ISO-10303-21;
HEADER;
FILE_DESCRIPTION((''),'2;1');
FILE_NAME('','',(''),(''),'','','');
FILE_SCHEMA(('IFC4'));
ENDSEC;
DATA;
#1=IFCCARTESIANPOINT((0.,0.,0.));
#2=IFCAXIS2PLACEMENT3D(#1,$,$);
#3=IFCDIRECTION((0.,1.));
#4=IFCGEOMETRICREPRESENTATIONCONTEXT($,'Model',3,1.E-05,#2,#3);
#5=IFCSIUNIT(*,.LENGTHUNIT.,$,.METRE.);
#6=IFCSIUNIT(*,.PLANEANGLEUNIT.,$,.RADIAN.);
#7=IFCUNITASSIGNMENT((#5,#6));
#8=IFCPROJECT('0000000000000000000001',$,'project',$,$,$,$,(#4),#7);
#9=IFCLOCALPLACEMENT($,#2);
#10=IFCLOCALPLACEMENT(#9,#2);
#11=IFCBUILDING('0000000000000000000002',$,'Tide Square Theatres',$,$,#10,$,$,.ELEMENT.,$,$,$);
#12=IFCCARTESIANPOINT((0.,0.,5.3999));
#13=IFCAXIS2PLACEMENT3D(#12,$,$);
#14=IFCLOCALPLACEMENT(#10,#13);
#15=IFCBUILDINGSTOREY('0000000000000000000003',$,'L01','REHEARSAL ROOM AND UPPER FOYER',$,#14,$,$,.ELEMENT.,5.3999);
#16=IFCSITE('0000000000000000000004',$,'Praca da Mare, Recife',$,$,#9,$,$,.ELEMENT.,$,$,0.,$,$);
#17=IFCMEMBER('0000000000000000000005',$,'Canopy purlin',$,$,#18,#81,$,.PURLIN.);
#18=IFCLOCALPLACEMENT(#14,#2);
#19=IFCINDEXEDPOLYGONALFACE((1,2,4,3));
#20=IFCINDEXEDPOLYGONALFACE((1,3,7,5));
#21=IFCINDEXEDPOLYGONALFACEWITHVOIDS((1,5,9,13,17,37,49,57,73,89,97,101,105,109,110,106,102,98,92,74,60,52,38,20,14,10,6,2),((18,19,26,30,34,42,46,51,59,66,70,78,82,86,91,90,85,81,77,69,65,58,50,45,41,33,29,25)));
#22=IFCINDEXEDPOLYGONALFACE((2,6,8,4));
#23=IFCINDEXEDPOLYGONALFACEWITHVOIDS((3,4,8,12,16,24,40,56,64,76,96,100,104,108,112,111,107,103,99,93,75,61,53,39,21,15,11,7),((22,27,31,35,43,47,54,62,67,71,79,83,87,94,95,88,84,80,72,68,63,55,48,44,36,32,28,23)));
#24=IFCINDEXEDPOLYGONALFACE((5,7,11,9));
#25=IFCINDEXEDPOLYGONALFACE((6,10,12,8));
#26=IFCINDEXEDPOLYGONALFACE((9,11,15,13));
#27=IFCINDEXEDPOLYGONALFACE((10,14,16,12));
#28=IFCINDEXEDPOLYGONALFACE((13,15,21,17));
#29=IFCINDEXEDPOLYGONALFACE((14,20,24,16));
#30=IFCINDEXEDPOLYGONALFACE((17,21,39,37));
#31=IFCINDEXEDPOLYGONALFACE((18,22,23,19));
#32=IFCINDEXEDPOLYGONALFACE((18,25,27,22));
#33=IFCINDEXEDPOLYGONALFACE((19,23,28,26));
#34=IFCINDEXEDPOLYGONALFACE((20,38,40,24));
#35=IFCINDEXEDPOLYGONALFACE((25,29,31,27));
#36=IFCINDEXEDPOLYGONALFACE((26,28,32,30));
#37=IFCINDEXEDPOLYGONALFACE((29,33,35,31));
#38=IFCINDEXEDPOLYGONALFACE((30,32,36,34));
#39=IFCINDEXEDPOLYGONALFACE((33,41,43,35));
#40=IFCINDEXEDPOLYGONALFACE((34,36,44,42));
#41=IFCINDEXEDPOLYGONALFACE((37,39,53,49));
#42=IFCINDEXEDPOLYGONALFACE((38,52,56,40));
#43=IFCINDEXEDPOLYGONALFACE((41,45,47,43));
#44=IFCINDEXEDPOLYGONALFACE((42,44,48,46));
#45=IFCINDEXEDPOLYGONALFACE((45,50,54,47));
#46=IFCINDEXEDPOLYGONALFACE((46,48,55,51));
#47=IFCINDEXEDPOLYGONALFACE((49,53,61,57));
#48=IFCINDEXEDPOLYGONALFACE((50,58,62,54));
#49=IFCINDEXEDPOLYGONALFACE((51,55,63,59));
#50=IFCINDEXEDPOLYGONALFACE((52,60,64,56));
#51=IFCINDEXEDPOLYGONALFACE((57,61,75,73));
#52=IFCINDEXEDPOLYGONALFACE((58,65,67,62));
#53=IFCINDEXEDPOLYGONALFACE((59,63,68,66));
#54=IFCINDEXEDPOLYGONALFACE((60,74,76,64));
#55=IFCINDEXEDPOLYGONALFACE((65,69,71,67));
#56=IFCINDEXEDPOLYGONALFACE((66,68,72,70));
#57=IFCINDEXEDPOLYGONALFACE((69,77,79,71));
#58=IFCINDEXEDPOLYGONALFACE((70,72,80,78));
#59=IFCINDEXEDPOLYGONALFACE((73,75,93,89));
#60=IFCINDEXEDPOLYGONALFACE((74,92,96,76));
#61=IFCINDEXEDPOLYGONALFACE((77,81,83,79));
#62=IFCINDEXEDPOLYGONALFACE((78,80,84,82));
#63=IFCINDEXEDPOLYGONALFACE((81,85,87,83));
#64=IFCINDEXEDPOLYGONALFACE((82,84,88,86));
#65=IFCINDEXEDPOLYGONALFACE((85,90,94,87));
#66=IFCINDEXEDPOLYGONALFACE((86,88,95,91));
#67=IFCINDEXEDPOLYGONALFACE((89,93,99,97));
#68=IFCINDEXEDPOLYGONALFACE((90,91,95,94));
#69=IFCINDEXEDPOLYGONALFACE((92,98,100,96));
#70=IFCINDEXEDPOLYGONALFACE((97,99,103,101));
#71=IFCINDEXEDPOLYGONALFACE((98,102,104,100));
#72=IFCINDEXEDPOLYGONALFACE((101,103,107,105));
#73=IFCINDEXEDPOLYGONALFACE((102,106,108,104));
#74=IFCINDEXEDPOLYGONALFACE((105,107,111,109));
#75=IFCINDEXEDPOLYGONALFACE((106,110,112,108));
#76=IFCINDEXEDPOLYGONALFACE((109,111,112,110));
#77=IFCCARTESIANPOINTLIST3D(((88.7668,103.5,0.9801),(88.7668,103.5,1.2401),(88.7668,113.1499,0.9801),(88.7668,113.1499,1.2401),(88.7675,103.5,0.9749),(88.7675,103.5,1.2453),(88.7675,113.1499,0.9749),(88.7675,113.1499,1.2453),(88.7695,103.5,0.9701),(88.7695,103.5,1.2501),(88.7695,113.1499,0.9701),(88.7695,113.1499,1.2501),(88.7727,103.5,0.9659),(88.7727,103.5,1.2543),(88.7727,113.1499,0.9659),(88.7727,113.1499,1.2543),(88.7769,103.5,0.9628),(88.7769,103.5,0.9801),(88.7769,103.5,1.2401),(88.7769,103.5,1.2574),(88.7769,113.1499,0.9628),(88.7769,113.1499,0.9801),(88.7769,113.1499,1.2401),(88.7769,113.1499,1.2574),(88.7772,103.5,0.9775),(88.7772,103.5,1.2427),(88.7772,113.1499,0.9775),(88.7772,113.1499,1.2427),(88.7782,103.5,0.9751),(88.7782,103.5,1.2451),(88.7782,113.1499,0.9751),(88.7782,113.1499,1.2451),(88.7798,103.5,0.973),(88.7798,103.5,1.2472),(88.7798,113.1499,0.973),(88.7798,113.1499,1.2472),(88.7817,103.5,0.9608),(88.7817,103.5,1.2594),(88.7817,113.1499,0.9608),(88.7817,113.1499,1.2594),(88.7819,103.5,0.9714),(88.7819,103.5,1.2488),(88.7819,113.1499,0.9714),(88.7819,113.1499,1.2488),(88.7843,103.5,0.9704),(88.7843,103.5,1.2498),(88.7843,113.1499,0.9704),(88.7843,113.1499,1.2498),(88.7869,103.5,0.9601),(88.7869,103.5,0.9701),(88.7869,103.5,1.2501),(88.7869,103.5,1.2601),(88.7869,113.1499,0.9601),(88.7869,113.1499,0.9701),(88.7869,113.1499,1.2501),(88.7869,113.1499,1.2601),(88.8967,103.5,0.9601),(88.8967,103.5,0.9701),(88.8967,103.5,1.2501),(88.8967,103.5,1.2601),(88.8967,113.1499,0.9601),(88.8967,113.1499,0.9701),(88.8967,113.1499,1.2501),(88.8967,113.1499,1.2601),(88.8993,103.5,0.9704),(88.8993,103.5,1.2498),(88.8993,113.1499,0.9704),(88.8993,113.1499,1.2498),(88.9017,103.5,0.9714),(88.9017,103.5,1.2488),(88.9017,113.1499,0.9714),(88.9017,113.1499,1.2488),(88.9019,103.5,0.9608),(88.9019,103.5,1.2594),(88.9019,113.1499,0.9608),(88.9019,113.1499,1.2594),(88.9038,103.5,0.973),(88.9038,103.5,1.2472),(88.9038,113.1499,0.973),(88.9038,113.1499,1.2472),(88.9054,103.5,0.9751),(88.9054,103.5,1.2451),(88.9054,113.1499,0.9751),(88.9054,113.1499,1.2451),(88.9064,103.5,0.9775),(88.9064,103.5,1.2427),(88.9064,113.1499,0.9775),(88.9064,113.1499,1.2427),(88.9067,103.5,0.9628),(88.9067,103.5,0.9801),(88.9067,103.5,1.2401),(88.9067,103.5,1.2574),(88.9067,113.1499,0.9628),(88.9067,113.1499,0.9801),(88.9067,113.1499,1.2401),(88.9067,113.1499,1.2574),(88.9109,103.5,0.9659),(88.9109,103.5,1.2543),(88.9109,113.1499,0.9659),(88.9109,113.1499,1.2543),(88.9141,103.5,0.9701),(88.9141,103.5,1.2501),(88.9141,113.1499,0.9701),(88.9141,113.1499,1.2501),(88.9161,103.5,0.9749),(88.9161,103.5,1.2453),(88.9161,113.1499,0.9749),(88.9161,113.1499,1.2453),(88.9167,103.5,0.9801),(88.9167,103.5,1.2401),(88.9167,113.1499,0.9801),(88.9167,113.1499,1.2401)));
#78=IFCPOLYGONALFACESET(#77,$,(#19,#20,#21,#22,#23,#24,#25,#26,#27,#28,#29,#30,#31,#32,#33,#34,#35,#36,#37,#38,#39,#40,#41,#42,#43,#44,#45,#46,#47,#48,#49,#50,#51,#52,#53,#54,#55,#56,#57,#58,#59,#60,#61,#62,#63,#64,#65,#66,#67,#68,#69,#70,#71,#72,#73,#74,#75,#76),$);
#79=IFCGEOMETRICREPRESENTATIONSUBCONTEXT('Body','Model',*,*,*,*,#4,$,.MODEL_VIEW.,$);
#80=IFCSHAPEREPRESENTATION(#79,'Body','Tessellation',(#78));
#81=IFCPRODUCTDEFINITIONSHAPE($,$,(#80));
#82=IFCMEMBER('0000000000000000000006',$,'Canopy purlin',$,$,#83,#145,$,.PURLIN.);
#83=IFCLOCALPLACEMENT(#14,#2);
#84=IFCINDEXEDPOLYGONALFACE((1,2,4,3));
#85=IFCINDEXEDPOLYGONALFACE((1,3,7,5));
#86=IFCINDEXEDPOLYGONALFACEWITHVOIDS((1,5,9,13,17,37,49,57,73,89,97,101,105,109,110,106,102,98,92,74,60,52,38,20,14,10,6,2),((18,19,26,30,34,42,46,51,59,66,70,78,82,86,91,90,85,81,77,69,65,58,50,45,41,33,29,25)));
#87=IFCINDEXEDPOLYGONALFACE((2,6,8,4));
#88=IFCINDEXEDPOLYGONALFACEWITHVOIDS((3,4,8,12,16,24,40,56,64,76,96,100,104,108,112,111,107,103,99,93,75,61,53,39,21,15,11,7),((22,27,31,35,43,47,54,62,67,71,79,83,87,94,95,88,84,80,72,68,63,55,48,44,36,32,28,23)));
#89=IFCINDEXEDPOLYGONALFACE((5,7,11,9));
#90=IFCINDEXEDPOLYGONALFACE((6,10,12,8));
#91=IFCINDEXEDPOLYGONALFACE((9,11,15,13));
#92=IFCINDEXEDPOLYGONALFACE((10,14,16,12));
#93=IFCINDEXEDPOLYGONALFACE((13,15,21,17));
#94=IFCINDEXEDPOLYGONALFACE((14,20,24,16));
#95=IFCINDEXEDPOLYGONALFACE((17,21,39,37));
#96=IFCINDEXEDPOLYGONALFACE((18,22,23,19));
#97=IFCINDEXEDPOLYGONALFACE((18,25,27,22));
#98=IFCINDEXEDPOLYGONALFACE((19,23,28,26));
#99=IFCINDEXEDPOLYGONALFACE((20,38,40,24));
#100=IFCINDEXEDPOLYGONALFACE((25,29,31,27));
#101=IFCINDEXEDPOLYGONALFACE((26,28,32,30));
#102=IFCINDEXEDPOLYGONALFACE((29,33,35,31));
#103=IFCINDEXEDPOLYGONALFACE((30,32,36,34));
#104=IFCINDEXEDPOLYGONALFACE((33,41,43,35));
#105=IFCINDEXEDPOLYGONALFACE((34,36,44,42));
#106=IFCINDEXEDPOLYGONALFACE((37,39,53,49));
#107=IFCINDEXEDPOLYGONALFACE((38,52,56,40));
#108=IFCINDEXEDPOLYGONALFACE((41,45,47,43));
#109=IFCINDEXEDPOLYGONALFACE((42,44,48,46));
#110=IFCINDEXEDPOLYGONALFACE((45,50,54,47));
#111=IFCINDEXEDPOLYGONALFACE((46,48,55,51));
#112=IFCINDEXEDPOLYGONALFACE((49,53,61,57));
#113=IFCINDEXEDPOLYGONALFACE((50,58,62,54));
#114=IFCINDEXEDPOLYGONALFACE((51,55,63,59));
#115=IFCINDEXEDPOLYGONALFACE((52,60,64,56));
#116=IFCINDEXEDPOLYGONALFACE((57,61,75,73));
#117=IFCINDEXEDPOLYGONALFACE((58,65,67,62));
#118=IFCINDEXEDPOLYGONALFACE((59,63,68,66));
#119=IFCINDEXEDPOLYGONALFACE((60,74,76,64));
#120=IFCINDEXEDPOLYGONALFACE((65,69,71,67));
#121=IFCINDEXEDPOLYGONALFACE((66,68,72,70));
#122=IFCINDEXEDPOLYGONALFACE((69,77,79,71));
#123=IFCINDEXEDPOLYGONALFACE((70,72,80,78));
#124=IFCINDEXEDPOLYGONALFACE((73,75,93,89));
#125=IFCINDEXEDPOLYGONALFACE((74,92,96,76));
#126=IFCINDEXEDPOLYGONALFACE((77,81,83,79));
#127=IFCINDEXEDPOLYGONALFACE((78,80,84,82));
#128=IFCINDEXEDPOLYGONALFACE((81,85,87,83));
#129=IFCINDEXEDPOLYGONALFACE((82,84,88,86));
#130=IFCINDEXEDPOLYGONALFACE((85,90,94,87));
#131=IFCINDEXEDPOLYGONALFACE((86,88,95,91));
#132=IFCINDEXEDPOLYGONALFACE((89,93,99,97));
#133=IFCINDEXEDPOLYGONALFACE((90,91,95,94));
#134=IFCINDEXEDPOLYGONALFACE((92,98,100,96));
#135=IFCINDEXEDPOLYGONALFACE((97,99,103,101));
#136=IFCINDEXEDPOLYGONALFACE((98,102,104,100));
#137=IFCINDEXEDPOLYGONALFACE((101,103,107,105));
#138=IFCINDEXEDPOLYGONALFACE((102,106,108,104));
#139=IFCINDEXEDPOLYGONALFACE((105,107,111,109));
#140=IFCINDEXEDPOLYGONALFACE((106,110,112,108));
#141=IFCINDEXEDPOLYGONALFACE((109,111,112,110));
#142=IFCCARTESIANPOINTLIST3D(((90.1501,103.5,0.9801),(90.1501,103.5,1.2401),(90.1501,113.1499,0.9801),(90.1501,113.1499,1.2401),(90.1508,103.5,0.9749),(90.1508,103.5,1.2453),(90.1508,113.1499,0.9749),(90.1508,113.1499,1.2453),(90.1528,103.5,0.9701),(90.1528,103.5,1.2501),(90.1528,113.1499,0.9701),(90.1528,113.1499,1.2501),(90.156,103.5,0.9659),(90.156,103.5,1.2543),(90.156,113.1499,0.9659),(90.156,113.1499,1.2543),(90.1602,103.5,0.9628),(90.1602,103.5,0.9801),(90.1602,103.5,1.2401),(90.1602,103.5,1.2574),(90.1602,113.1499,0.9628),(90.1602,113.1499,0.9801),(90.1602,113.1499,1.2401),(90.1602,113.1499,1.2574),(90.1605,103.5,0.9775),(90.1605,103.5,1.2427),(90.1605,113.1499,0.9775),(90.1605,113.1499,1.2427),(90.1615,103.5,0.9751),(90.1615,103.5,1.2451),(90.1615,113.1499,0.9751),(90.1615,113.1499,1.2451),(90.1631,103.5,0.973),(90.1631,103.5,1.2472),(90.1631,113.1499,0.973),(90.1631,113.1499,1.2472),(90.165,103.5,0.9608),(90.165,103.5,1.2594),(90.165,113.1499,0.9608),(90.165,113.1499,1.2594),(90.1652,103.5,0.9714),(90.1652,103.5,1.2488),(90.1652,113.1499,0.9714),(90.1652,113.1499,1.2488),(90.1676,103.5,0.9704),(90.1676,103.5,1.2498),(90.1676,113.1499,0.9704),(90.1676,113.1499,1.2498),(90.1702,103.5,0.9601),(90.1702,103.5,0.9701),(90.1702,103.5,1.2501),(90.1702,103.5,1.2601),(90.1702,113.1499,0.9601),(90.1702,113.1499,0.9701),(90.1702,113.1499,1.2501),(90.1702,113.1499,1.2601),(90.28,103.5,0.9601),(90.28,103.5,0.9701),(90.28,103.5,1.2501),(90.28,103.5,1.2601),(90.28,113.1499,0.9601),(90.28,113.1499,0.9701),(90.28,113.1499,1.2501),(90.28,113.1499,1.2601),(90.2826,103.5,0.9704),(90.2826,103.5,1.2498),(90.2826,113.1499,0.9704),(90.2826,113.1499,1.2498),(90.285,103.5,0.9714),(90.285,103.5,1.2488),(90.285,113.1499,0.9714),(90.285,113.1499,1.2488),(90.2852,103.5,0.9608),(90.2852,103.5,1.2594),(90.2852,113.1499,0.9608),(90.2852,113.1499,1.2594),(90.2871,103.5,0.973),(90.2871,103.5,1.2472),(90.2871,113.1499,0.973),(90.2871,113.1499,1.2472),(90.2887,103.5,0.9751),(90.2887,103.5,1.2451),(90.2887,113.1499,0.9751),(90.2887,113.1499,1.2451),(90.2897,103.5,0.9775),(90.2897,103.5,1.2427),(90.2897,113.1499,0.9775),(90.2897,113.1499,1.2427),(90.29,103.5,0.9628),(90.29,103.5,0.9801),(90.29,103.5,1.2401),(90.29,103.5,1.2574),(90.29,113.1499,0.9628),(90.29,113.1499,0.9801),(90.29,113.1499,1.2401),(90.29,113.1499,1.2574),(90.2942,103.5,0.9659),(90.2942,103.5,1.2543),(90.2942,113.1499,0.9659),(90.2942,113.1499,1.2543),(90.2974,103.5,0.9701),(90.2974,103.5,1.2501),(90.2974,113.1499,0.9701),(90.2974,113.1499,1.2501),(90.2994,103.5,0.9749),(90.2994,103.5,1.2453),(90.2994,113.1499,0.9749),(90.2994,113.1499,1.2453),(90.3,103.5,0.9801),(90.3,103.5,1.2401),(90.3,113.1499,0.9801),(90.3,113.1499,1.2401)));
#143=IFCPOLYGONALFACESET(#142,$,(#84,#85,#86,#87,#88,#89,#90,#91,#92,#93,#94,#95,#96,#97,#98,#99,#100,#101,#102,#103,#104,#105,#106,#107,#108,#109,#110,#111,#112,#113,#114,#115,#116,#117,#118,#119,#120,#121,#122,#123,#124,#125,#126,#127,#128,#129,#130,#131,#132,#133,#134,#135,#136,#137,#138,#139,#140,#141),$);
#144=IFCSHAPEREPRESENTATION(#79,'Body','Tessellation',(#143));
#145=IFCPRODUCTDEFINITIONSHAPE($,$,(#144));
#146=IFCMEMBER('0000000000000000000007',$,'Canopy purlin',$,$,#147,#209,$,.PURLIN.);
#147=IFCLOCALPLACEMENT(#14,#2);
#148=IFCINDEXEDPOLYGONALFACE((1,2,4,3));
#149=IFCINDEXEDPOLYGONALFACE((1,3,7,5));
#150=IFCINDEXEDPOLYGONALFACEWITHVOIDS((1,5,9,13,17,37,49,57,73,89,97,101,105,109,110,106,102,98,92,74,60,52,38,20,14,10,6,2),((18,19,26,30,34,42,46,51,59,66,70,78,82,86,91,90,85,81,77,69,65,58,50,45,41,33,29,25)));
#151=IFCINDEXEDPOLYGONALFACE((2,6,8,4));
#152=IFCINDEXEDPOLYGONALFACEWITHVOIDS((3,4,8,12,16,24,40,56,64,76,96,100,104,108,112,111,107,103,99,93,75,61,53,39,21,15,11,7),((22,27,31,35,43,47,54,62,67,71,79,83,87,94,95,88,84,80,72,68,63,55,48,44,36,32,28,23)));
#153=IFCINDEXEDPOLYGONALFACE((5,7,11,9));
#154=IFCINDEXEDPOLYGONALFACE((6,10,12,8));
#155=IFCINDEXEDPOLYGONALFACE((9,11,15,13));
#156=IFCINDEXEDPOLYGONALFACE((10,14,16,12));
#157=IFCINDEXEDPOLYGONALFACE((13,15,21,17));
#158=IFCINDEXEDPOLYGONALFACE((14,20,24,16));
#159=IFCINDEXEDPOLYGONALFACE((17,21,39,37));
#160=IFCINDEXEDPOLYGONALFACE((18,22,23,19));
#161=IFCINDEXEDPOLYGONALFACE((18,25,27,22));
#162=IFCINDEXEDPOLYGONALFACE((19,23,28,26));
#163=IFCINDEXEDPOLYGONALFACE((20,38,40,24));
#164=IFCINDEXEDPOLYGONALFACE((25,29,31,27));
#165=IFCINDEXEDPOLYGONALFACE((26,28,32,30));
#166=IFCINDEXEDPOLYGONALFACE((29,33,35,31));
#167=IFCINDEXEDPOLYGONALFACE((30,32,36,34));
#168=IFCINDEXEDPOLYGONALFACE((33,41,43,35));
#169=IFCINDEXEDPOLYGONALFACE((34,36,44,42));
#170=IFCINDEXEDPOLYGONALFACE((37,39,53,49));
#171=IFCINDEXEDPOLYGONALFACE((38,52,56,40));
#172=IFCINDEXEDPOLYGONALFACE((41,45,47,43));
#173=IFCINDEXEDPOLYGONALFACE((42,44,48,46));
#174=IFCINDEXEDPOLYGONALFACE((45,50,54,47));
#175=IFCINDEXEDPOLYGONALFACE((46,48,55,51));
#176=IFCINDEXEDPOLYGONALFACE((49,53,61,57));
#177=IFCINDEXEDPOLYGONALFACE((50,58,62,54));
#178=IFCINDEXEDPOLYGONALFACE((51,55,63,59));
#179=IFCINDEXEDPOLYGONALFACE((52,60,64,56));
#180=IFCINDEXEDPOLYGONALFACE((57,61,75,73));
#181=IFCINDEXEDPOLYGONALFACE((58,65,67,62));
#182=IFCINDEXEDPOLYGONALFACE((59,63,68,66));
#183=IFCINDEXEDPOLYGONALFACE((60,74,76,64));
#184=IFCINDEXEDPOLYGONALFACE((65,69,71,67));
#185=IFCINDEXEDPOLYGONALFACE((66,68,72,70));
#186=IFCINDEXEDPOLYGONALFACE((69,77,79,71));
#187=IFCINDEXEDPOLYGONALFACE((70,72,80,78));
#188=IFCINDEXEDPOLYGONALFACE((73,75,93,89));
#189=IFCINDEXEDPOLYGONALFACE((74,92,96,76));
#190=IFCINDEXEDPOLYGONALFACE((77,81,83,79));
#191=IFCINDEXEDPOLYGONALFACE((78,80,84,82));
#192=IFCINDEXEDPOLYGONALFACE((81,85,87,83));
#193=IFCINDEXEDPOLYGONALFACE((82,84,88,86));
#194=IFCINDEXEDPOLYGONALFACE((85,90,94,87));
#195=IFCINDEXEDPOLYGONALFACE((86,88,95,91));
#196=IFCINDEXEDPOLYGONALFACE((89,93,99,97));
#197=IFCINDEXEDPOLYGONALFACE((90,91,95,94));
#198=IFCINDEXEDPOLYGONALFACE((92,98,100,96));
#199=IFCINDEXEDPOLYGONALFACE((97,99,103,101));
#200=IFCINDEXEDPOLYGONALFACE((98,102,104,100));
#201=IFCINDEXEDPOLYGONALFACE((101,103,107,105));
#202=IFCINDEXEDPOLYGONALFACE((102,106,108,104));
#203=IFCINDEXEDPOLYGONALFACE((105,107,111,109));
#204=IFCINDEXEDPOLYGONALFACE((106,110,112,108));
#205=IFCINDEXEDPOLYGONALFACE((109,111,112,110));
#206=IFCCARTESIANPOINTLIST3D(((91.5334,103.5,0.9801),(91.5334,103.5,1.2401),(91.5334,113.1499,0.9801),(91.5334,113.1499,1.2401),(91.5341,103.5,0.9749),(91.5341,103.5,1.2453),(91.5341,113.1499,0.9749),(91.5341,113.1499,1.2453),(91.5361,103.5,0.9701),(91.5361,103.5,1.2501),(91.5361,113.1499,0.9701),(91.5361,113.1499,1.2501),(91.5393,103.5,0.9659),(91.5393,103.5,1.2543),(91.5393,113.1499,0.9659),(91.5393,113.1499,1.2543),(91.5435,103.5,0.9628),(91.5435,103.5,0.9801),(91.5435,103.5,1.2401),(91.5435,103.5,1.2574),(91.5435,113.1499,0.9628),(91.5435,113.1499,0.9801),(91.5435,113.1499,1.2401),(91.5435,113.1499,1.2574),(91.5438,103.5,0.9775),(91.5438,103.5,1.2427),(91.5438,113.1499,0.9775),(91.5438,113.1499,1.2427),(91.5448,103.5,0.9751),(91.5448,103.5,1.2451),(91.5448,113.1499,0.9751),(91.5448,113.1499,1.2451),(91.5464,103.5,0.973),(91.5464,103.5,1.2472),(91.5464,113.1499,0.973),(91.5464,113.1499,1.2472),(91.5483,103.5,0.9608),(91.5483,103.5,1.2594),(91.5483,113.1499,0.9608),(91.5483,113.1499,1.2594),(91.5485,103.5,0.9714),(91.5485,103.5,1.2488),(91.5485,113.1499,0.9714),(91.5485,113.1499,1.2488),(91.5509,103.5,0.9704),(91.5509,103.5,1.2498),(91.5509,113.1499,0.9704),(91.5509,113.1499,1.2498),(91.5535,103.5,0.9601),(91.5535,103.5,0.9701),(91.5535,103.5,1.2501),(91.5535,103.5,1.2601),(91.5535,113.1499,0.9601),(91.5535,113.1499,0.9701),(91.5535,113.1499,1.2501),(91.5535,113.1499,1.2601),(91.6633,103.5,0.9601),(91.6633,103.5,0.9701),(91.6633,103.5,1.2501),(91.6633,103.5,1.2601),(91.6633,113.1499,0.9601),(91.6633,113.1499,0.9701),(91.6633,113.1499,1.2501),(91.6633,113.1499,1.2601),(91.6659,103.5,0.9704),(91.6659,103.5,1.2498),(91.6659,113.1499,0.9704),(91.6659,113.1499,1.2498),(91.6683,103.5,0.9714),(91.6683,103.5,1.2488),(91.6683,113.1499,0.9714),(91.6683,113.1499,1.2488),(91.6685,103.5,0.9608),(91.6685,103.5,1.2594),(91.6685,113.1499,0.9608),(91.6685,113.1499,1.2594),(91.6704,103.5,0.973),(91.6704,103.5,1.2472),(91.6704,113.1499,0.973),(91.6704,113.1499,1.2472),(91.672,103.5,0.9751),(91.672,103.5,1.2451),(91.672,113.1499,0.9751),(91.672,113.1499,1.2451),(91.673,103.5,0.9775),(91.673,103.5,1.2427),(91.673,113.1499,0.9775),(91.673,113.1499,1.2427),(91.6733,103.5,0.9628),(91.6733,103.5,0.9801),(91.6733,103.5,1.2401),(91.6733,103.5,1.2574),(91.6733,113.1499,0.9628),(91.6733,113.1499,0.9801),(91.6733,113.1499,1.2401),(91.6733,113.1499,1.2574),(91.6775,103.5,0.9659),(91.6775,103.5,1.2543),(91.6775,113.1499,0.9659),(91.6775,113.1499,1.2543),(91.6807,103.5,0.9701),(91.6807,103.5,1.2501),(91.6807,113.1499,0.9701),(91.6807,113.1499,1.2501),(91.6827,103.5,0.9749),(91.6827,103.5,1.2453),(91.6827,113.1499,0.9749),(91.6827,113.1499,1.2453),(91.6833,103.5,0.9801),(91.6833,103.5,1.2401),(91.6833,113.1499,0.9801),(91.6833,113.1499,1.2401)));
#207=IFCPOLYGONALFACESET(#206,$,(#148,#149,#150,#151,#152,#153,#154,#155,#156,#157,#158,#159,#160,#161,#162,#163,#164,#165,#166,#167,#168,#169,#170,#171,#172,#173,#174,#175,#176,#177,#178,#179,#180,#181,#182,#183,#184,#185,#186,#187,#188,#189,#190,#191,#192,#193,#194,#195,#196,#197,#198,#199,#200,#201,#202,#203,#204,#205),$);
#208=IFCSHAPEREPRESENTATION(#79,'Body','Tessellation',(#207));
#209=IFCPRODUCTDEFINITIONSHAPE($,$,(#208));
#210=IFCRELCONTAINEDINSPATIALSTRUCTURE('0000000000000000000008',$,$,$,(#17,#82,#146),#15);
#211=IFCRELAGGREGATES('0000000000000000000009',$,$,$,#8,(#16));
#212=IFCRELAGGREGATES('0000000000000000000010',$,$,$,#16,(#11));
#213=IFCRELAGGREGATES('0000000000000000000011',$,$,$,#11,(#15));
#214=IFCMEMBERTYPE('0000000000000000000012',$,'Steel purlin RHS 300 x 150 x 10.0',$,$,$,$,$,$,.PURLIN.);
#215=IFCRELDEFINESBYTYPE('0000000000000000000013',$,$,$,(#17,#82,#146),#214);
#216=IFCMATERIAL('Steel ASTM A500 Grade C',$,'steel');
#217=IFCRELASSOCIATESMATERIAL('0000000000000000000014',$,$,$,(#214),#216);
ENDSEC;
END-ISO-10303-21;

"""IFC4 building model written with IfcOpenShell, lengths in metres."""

from ifc_helpers import new_model, si_unit, direction, frame, origin, origin_2d, place, context, subcontext, project, spatial, hollow_rectangle, extrude, material, material_profile, profile_set, type_object, element, save


model = new_model("IFC4")

# Units and contexts
model_context = context("Model", 3, precision=1e-05, world=origin(), true_north=direction((0.0, 1.0)))
body_context = subcontext(model_context, "Body", "Model", "MODEL_VIEW")
ifc_project = project(units=[si_unit("LENGTHUNIT", "METRE"), si_unit("PLANEANGLEUNIT", "RADIAN")], contexts=[model_context])

# Site, building, storey
site_placement = place(None, origin())
site = spatial("IfcSite", under=ifc_project, at=site_placement, Name="Praca da Mare, Recife", CompositionType="ELEMENT", RefElevation=0.0)
building_placement = place(site_placement, origin())
building = spatial("IfcBuilding", under=site, at=building_placement, Name="Tide Square Theatres", CompositionType="ELEMENT")
storey_placement = place(building_placement, frame((0.0, 0.0, 5.3999)))
storey = spatial("IfcBuildingStorey", under=building, at=storey_placement, Name="L01", Description="REHEARSAL ROOM AND UPPER FOYER", CompositionType="ELEMENT", Elevation=5.3999)

# Members
ifc_material_1 = material(Name="Steel ASTM A500 Grade C", Category="steel")
ifc_material_profile_1 = material_profile(ifc_material_1, hollow_rectangle(XDim=0.1499, YDim=0.3, WallThickness=0.01, InnerFilletRadius=0.01, OuterFilletRadius=0.02, at=origin_2d()))
ifc_profile_set_1 = profile_set([ifc_material_profile_1], Name="Steel ASTM A500 Grade C")
member_type = type_object("IfcMemberType", Name="Steel purlin RHS 300 x 150 x 10.0", PredefinedType="PURLIN", material=ifc_profile_set_1)
for number, where, z_axis, x_axis, name in (
    (1, (88.8418, 103.5, 1.1101), (0.0, 1.0, 0.0), (-1.0, 0.0, 0.0), "Canopy purlin"),
    (2, (90.2251, 103.5, 1.1101), (0.0, 1.0, 0.0), (-1.0, 0.0, 0.0), "Canopy purlin"),
    (3, (91.6084, 103.5, 1.1101), (0.0, 1.0, 0.0), (-1.0, 0.0, 0.0), "Canopy purlin"),
):
    element("IfcMember", number, at=place(storey_placement, frame(where, z_axis=z_axis, x_axis=x_axis)), inside=storey, type_object=member_type, Name=name, PredefinedType="PURLIN", context=body_context, shape_type="SweptSolid", body=[
        extrude(hollow_rectangle(XDim=0.1499, YDim=0.3, WallThickness=0.01, InnerFilletRadius=0.01, OuterFilletRadius=0.02, at=origin_2d()), origin(), (0.0, 0.0, 1.0), 9.6499),
    ])

save(model, "model.ifc")
